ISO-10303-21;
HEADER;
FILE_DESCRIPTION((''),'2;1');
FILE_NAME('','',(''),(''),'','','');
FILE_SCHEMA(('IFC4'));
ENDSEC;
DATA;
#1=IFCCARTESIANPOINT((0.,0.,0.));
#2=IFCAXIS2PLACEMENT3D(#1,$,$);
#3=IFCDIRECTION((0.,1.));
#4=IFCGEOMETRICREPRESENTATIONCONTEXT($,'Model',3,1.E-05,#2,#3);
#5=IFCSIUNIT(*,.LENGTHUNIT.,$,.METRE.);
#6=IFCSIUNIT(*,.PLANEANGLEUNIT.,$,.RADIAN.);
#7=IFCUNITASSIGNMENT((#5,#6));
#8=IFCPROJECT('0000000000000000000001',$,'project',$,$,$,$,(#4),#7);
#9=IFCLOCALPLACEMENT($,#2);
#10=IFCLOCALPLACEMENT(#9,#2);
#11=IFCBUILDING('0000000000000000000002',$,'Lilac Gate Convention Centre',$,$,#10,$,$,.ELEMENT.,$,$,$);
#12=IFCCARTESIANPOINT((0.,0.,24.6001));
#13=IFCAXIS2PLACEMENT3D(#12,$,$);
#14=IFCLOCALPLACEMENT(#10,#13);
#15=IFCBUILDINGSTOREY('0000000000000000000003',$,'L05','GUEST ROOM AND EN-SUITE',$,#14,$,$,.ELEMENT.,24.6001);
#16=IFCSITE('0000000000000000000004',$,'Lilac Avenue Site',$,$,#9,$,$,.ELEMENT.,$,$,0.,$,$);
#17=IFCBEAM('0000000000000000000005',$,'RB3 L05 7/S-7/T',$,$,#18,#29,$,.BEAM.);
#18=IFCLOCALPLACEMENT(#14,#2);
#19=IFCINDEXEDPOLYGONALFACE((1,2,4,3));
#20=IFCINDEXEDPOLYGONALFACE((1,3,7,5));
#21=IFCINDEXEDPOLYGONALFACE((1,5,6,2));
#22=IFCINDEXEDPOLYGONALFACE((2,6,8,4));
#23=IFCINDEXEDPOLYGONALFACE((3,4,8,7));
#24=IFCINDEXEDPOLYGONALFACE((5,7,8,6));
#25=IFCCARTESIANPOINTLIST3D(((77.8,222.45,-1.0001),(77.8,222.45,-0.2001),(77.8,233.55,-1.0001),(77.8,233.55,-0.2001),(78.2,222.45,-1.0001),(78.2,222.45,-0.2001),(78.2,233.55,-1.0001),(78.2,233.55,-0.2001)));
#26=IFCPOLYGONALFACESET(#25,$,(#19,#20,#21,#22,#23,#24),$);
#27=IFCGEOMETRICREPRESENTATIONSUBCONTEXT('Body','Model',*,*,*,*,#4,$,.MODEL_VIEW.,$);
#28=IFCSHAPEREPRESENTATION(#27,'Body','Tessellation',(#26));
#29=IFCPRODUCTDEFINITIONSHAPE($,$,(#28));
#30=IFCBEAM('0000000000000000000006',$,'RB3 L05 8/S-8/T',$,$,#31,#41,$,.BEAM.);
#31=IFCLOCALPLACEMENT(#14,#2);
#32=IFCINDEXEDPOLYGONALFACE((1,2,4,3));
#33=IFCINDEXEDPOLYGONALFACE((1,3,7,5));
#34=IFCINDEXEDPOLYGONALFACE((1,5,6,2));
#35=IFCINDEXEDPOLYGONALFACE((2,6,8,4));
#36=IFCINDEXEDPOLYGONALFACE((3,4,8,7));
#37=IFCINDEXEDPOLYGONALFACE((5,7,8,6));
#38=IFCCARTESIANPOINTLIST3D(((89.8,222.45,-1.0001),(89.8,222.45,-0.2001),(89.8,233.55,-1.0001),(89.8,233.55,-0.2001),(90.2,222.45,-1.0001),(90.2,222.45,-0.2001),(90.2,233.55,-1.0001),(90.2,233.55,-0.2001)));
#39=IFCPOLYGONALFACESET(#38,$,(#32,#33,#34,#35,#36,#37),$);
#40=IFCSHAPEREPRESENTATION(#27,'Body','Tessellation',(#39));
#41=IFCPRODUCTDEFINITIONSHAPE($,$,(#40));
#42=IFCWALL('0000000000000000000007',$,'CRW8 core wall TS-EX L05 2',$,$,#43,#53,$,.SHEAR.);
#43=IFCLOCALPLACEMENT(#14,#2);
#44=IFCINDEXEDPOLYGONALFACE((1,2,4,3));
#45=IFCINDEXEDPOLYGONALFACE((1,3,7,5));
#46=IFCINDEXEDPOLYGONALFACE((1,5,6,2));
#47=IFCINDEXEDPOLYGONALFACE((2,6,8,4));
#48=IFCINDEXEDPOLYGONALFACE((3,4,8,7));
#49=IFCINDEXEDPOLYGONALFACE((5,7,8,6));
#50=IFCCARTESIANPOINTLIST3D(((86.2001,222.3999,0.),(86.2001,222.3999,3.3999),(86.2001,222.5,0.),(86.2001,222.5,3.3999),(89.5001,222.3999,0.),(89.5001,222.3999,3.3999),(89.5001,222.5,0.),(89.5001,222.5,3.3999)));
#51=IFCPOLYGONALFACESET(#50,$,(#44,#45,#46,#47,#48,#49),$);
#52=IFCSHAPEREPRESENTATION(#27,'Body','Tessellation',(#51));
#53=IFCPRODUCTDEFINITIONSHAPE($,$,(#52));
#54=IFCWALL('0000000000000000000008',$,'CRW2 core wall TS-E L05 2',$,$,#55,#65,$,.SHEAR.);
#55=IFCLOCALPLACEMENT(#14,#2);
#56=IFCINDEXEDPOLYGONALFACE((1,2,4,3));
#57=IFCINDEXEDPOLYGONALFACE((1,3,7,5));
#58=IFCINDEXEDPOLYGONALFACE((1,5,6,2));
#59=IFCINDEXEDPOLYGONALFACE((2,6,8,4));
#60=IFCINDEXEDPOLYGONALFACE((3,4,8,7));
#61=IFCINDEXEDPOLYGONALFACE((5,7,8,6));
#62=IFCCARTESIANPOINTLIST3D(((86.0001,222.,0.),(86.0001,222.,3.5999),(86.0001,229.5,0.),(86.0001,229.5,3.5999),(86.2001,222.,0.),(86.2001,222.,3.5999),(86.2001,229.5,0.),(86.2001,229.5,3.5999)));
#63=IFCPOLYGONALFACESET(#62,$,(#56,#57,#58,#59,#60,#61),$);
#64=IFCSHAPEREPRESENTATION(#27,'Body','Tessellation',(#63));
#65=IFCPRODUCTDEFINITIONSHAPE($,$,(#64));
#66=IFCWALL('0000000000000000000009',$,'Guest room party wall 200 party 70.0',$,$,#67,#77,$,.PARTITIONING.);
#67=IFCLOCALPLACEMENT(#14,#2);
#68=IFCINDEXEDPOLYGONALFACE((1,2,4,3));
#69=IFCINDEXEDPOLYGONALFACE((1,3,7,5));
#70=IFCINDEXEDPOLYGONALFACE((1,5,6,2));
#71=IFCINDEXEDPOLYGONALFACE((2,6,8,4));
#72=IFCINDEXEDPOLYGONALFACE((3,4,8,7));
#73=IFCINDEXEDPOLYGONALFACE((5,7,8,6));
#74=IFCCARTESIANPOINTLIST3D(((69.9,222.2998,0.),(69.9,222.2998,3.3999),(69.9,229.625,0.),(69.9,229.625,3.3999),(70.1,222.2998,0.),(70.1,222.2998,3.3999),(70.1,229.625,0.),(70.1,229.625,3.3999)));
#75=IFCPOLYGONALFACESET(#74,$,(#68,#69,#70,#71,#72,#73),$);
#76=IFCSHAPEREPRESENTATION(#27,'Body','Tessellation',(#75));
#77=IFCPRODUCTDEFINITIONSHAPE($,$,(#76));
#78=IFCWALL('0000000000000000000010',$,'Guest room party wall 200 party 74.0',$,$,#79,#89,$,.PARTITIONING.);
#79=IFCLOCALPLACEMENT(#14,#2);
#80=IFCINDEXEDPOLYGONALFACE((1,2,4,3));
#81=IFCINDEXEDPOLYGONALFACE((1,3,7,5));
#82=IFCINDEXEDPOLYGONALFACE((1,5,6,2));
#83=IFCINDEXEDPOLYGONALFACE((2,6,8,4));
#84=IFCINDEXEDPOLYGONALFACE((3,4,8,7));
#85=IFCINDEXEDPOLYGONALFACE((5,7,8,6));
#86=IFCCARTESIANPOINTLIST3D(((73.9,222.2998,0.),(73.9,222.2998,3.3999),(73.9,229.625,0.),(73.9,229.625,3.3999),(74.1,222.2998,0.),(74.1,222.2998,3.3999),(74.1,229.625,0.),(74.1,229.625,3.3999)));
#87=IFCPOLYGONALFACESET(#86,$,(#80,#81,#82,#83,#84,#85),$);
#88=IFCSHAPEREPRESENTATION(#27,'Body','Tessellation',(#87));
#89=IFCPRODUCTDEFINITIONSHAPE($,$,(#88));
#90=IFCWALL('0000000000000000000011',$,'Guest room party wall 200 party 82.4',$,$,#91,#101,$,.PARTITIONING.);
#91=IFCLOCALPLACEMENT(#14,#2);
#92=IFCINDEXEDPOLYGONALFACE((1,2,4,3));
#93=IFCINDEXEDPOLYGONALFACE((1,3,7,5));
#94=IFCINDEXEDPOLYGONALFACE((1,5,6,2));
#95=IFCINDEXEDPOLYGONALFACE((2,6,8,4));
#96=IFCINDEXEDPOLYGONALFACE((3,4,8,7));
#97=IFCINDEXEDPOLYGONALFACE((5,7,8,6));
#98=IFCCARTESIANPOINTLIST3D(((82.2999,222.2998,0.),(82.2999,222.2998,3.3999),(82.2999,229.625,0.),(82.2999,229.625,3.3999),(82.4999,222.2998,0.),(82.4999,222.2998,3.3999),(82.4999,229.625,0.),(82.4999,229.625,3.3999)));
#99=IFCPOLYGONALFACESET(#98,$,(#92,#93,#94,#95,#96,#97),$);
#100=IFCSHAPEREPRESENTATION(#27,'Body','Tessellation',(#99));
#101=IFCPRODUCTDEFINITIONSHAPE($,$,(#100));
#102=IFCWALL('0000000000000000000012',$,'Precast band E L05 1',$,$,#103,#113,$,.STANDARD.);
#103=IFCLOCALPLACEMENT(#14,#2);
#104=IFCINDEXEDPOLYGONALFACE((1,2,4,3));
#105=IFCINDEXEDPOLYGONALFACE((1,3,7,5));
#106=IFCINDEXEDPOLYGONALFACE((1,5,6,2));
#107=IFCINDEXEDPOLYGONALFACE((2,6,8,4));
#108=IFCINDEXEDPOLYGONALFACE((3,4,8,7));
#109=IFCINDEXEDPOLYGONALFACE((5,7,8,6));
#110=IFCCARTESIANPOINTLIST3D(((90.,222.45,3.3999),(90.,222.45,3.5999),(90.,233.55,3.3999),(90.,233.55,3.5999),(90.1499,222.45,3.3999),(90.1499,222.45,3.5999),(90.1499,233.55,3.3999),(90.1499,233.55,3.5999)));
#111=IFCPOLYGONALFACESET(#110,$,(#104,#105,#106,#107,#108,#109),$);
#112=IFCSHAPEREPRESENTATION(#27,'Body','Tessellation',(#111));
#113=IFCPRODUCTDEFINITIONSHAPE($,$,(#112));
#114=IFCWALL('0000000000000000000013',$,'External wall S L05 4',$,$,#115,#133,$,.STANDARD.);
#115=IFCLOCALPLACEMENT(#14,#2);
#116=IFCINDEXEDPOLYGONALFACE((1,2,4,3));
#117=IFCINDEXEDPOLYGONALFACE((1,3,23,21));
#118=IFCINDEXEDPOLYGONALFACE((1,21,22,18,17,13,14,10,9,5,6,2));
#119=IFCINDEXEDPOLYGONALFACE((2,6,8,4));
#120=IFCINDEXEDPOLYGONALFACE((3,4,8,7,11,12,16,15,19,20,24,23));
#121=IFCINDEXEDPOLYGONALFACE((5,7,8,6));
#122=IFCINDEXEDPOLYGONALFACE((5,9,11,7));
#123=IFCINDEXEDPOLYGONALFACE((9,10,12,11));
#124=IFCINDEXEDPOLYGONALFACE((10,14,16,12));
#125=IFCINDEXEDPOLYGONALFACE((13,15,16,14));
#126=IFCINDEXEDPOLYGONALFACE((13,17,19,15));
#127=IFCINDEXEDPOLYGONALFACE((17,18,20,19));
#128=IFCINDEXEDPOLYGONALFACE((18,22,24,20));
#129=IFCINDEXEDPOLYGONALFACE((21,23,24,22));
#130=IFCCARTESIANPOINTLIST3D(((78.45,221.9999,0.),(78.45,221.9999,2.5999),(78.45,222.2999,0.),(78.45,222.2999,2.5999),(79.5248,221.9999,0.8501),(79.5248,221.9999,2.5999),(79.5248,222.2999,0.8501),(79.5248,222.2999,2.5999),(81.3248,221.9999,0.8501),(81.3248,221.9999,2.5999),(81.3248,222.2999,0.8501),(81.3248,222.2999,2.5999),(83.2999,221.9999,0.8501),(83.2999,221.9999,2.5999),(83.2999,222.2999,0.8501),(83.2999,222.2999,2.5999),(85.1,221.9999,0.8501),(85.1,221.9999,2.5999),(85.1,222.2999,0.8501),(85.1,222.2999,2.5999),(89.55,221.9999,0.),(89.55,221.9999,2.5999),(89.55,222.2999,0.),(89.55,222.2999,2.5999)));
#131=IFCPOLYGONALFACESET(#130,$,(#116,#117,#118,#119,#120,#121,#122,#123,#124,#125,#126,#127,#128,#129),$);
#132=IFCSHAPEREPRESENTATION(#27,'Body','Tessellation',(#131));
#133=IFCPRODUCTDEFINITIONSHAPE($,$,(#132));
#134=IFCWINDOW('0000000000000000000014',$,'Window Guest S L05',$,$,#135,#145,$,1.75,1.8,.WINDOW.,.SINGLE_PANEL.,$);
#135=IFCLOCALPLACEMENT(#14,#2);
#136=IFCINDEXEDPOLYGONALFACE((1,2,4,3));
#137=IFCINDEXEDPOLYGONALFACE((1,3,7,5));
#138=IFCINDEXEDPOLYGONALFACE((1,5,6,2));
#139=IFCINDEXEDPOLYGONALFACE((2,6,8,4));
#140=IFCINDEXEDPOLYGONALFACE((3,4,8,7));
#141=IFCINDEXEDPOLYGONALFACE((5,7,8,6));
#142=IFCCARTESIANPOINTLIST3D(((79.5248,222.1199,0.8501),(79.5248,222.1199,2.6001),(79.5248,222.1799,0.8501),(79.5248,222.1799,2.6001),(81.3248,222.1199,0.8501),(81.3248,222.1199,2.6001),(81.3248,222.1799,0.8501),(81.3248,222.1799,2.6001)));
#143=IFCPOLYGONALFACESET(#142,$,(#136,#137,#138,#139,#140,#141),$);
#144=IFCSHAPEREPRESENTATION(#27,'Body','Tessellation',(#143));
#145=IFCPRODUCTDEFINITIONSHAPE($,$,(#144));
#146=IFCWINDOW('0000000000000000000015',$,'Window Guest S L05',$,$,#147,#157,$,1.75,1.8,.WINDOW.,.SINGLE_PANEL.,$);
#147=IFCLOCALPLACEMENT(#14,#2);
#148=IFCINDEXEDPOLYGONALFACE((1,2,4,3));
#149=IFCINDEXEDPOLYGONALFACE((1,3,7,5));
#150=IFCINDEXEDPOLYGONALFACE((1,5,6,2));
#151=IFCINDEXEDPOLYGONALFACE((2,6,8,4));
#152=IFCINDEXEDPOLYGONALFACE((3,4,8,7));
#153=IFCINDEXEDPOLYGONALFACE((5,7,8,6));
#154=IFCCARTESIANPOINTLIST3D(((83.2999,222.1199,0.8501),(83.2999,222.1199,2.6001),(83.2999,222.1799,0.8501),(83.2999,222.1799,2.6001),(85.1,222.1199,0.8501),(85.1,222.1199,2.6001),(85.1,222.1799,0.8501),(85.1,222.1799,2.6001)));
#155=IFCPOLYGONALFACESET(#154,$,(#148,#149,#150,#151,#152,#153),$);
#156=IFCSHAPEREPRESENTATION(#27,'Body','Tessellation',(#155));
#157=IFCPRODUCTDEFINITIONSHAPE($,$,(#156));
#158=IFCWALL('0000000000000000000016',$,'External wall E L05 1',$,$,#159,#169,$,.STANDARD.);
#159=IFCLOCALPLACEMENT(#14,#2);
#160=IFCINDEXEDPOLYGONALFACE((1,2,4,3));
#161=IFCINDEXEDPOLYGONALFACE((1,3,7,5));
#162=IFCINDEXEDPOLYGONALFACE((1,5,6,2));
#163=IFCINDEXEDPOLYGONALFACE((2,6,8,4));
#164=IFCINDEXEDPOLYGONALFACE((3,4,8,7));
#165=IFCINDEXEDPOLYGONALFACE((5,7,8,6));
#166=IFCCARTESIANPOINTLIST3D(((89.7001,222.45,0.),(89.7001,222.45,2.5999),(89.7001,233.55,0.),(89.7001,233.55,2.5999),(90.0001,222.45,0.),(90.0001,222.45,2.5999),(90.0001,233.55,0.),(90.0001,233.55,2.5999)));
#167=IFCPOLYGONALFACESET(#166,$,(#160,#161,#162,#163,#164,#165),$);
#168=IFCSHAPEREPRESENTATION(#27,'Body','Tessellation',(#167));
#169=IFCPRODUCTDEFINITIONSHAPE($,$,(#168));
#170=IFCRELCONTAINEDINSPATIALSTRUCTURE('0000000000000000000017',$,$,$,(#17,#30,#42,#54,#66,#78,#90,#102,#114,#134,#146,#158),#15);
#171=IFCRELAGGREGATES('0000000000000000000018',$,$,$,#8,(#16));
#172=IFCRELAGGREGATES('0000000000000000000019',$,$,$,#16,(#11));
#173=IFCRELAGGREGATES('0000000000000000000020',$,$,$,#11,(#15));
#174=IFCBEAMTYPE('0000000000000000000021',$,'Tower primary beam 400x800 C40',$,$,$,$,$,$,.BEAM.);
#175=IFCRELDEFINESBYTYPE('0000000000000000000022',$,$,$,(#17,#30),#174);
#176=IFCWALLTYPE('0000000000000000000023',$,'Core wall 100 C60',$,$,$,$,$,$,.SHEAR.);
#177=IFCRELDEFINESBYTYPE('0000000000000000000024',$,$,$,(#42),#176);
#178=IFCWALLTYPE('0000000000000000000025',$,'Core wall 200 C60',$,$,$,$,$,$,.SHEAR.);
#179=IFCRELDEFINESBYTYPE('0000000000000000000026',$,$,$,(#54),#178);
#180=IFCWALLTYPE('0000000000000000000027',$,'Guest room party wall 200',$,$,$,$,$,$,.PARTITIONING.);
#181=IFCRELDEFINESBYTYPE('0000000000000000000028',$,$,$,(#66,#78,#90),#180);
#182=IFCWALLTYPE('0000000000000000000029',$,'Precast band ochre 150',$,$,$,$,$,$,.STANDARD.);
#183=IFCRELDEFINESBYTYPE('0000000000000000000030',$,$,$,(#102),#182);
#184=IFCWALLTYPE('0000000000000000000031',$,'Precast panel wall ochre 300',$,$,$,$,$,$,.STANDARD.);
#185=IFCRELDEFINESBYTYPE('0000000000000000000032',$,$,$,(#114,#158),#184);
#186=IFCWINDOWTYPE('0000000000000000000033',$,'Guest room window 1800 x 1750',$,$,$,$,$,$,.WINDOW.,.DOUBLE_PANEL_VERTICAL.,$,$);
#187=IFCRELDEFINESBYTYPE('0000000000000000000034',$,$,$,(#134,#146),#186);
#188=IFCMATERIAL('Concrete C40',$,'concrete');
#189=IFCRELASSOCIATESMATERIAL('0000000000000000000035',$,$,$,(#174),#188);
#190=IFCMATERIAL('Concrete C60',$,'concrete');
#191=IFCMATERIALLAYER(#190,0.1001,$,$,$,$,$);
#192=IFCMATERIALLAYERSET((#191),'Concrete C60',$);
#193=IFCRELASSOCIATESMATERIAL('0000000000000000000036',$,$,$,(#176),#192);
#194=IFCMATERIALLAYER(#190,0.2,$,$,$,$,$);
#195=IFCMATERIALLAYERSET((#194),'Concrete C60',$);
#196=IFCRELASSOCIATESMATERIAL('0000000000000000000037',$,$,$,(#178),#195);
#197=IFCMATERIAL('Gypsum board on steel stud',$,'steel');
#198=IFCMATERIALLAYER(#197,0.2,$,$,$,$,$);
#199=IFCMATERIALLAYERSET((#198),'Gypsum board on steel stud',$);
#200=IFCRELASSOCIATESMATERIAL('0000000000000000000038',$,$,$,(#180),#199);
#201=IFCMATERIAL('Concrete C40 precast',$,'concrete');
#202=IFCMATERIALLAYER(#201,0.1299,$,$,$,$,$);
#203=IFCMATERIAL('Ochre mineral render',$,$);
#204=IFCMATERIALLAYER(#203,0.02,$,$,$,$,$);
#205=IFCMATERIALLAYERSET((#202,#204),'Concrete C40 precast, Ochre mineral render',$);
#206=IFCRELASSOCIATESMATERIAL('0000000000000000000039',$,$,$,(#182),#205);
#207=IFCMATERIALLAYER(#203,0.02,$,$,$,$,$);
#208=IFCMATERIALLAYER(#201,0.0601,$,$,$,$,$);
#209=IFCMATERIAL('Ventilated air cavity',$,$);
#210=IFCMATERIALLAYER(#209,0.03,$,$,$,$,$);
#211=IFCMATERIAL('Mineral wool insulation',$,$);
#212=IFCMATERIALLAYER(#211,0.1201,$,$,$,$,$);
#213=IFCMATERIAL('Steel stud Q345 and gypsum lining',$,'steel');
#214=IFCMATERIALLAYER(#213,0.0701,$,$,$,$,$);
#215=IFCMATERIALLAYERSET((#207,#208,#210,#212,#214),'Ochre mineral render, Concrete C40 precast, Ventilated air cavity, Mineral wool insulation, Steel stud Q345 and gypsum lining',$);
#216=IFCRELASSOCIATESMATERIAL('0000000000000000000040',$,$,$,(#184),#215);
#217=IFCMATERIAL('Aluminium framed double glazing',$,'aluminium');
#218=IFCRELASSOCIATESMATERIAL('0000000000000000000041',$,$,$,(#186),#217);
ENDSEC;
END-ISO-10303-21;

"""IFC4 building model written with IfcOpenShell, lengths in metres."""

from ifc_helpers import new_model, si_unit, direction, frame, frame_2d, origin, origin_2d, place, context, subcontext, project, spatial, rectangle, extrude, material, layer, layer_set, material_profile, profile_set, type_object, element, fill, save


model = new_model("IFC4")

# Units and contexts
model_context = context("Model", 3, precision=1e-05, world=origin(), true_north=direction((0.0, 1.0)))
body_context = subcontext(model_context, "Body", "Model", "MODEL_VIEW")
ifc_project = project(units=[si_unit("LENGTHUNIT", "METRE"), si_unit("PLANEANGLEUNIT", "RADIAN")], contexts=[model_context])

# Site, building, storey
site_placement = place(None, origin())
site = spatial("IfcSite", under=ifc_project, at=site_placement, Name="Lilac Avenue Site", CompositionType="ELEMENT", RefElevation=0.0)
building_placement = place(site_placement, origin())
building = spatial("IfcBuilding", under=site, at=building_placement, Name="Lilac Gate Convention Centre", CompositionType="ELEMENT")
storey_placement = place(building_placement, frame((0.0, 0.0, 24.6001)))
storey = spatial("IfcBuildingStorey", under=building, at=storey_placement, Name="L05", Description="GUEST ROOM AND EN-SUITE", CompositionType="ELEMENT", Elevation=24.6001)

# Beams
ifc_material_1 = material(Name="Concrete C40", Category="concrete")
ifc_material_profile = material_profile(ifc_material_1, rectangle(XDim=0.3999, YDim=0.8, at=origin_2d()), Name="RC 400x800")
ifc_profile_set = profile_set([ifc_material_profile], Name="Concrete C40")
beam_type = type_object("IfcBeamType", Name="Tower primary beam 400x800 C40", PredefinedType="BEAM", material=ifc_profile_set)
for number, where, z_axis, x_axis, name in (
    (1, (78.0, 222.45, -0.6001), (0.0, 1.0, 0.0), (-1.0, 0.0, 0.0), "RB3 L05 7/S-7/T"),
    (2, (90.0, 222.45, -0.6001), (0.0, 1.0, 0.0), (-1.0, 0.0, 0.0), "RB3 L05 8/S-8/T"),
):
    element("IfcBeam", number, at=place(storey_placement, frame(where, z_axis=z_axis, x_axis=x_axis)), inside=storey, type_object=beam_type, Name=name, PredefinedType="BEAM", context=body_context, shape_type="SweptSolid", body=[
        extrude(rectangle(XDim=0.3999, YDim=0.8, at=origin_2d()), origin(), (0.0, 0.0, 1.0), 11.1001),
    ])

# Walls
ifc_material_2 = material(Name="Concrete C60", Category="concrete")
ifc_layer_1 = layer(ifc_material_2, 0.1001)
ifc_layer_set_1 = layer_set([ifc_layer_1], Name="Concrete C60")
wall_type_1 = type_object("IfcWallType", Name="Core wall 100 C60", PredefinedType="SHEAR", material=ifc_layer_set_1)
wall_1_placement = place(storey_placement, frame((89.5, 222.45, 0.0), z_axis=(0.0, 0.0, 1.0), x_axis=(-1.0, 0.0, 0.0)))
element("IfcWall", 3, at=wall_1_placement, inside=storey, type_object=wall_type_1, Name="CRW8 core wall TS-EX L05 2", PredefinedType="SHEAR", context=body_context, shape_type="SweptSolid", body=[
    extrude(rectangle(XDim=3.3, YDim=0.1001, at=frame_2d((1.6499, 0.0))), origin(), (0.0, 0.0, 1.0), 3.3999),
])
ifc_layer_2 = layer(ifc_material_2, 0.2)
ifc_layer_set_2 = layer_set([ifc_layer_2], Name="Concrete C60")
wall_type_2 = type_object("IfcWallType", Name="Core wall 200 C60", PredefinedType="SHEAR", material=ifc_layer_set_2)
wall_2_placement = place(storey_placement, frame((86.1001, 222.0, 0.0), z_axis=(0.0, 0.0, 1.0), x_axis=(0.0, 1.0, 0.0)))
element("IfcWall", 4, at=wall_2_placement, inside=storey, type_object=wall_type_2, Name="CRW2 core wall TS-E L05 2", PredefinedType="SHEAR", context=body_context, shape_type="SweptSolid", body=[
    extrude(rectangle(XDim=7.5, YDim=0.2, at=frame_2d((3.75, 0.0))), origin(), (0.0, 0.0, 1.0), 3.5999),
])
ifc_material_3 = material(Name="Gypsum board on steel stud", Category="steel")
ifc_layer_3 = layer(ifc_material_3, 0.2)
ifc_layer_set_3 = layer_set([ifc_layer_3], Name="Gypsum board on steel stud")
wall_type_3 = type_object("IfcWallType", Name="Guest room party wall 200", PredefinedType="PARTITIONING", material=ifc_layer_set_3)
for number, where, z_axis, x_axis, name in (
    (5, (70.0, 222.2998, 0.0), (0.0, 0.0, 1.0), (0.0, 1.0, 0.0), "Guest room party wall 200 party 70.0"),
    (6, (74.0, 222.2998, 0.0), (0.0, 0.0, 1.0), (0.0, 1.0, 0.0), "Guest room party wall 200 party 74.0"),
    (7, (82.3999, 222.2998, 0.0), (0.0, 0.0, 1.0), (0.0, 1.0, 0.0), "Guest room party wall 200 party 82.4"),
):
    element("IfcWall", number, at=place(storey_placement, frame(where, z_axis=z_axis, x_axis=x_axis)), inside=storey, type_object=wall_type_3, Name=name, PredefinedType="PARTITIONING", context=body_context, shape_type="SweptSolid", body=[
        extrude(rectangle(XDim=7.3252, YDim=0.2, at=frame_2d((3.6626, 0.0))), origin(), (0.0, 0.0, 1.0), 3.3999),
    ])
ifc_material_4 = material(Name="Concrete C40 precast", Category="concrete")
ifc_layer_4 = layer(ifc_material_4, 0.1299)
ifc_material_5 = material(Name="Ochre mineral render")
ifc_layer_5 = layer(ifc_material_5, 0.02)
ifc_layer_set_4 = layer_set([ifc_layer_4, ifc_layer_5], Name="Concrete C40 precast, Ochre mineral render")
wall_type_4 = type_object("IfcWallType", Name="Precast band ochre 150", PredefinedType="STANDARD", material=ifc_layer_set_4)
wall_3_placement = place(storey_placement, frame((90.075, 222.45, 3.3999), z_axis=(0.0, 0.0, 1.0), x_axis=(0.0, 1.0, 0.0)))
element("IfcWall", 8, at=wall_3_placement, inside=storey, type_object=wall_type_4, Name="Precast band E L05 1", PredefinedType="STANDARD", context=body_context, shape_type="SweptSolid", body=[
    extrude(rectangle(XDim=11.1001, YDim=0.1499, at=frame_2d((5.55, 0.0))), origin(), (0.0, 0.0, 1.0), 0.2),
])

# Wall, openings, windows
ifc_layer_6 = layer(ifc_material_5, 0.02)
ifc_layer_7 = layer(ifc_material_4, 0.0601)
ifc_material_6 = material(Name="Ventilated air cavity")
ifc_layer_8 = layer(ifc_material_6, 0.03)
ifc_material_7 = material(Name="Mineral wool insulation")
ifc_layer_9 = layer(ifc_material_7, 0.1201)
ifc_material_8 = material(Name="Steel stud Q345 and gypsum lining", Category="steel")
ifc_layer_10 = layer(ifc_material_8, 0.0701)
ifc_layer_set_5 = layer_set([ifc_layer_6, ifc_layer_7, ifc_layer_8, ifc_layer_9, ifc_layer_10], Name="Ochre mineral render, Concrete C40 precast, Ventilated air cavity, Mineral wool insulation, Steel stud Q345 and gypsum lining")
wall_type_5 = type_object("IfcWallType", Name="Precast panel wall ochre 300", PredefinedType="STANDARD", material=ifc_layer_set_5)
wall_4_placement = place(storey_placement, frame((78.45, 222.1499, 0.0), z_axis=(0.0, 0.0, 1.0), x_axis=(1.0, 0.0, 0.0)))
wall_4 = element("IfcWall", 9, at=wall_4_placement, inside=storey, type_object=wall_type_5, Name="External wall S L05 4", PredefinedType="STANDARD", context=body_context, shape_type="SweptSolid", body=[
    extrude(rectangle(XDim=11.1001, YDim=0.3, at=frame_2d((5.55, 0.0))), origin(), (0.0, 0.0, 1.0), 2.5999),
])
opening_1_placement = place(wall_4_placement, frame((1.075, 0.0, 0.8501)))
opening_1 = element("IfcOpeningElement", 10, at=opening_1_placement, cuts=wall_4, PredefinedType="OPENING", context=body_context, shape_type="SweptSolid", body=[
    extrude(rectangle(XDim=1.8, YDim=1.75, at=frame_2d((0.8999, 0.875))), frame((0.0, 0.1599, 0.0), z_axis=(0.0, -1.0, 0.0), x_axis=(1.0, 0.0, 0.0)), (0.0, 0.0, 1.0), 0.3201),
])
opening_2_placement = place(wall_4_placement, frame((4.8501, 0.0, 0.8501)))
opening_2 = element("IfcOpeningElement", 11, at=opening_2_placement, cuts=wall_4, PredefinedType="OPENING", context=body_context, shape_type="SweptSolid", body=[
    extrude(rectangle(XDim=1.8, YDim=1.75, at=frame_2d((0.8999, 0.875))), frame((0.0, 0.1599, 0.0), z_axis=(0.0, -1.0, 0.0), x_axis=(1.0, 0.0, 0.0)), (0.0, 0.0, 1.0), 0.3201),
])
ifc_material_9 = material(Name="Aluminium framed double glazing", Category="aluminium")
window_type = type_object("IfcWindowType", Name="Guest room window 1800 x 1750", PartitioningType="DOUBLE_PANEL_VERTICAL", PredefinedType="WINDOW", material=ifc_material_9)
window_1_placement = place(opening_1_placement, origin())
window_1 = element("IfcWindow", 12, at=window_1_placement, inside=storey, type_object=window_type, Name="Window Guest S L05", OverallHeight=1.75, OverallWidth=1.8, PartitioningType="SINGLE_PANEL", PredefinedType="WINDOW", context=body_context, shape_type="SweptSolid", body=[
    extrude(rectangle(XDim=1.8, YDim=1.75, at=frame_2d((0.8999, 0.875))), frame((0.0, 0.03, 0.0), z_axis=(0.0, -1.0, 0.0), x_axis=(1.0, 0.0, 0.0)), (0.0, 0.0, 1.0), 0.0601),
])
fill(opening_1, window_1)
window_2_placement = place(opening_2_placement, origin())
window_2 = element("IfcWindow", 13, at=window_2_placement, inside=storey, type_object=window_type, Name="Window Guest S L05", OverallHeight=1.75, OverallWidth=1.8, PartitioningType="SINGLE_PANEL", PredefinedType="WINDOW", context=body_context, shape_type="SweptSolid", body=[
    extrude(rectangle(XDim=1.8, YDim=1.75, at=frame_2d((0.8999, 0.875))), frame((0.0, 0.03, 0.0), z_axis=(0.0, -1.0, 0.0), x_axis=(1.0, 0.0, 0.0)), (0.0, 0.0, 1.0), 0.0601),
])
fill(opening_2, window_2)

# Wall
wall_5_placement = place(storey_placement, frame((89.8501, 222.45, 0.0), z_axis=(0.0, 0.0, 1.0), x_axis=(0.0, 1.0, 0.0)))
element("IfcWall", 14, at=wall_5_placement, inside=storey, type_object=wall_type_5, Name="External wall E L05 1", PredefinedType="STANDARD", context=body_context, shape_type="SweptSolid", body=[
    extrude(rectangle(XDim=11.1001, YDim=0.3, at=frame_2d((5.55, 0.0))), origin(), (0.0, 0.0, 1.0), 2.5999),
])

save(model, "model.ifc")
